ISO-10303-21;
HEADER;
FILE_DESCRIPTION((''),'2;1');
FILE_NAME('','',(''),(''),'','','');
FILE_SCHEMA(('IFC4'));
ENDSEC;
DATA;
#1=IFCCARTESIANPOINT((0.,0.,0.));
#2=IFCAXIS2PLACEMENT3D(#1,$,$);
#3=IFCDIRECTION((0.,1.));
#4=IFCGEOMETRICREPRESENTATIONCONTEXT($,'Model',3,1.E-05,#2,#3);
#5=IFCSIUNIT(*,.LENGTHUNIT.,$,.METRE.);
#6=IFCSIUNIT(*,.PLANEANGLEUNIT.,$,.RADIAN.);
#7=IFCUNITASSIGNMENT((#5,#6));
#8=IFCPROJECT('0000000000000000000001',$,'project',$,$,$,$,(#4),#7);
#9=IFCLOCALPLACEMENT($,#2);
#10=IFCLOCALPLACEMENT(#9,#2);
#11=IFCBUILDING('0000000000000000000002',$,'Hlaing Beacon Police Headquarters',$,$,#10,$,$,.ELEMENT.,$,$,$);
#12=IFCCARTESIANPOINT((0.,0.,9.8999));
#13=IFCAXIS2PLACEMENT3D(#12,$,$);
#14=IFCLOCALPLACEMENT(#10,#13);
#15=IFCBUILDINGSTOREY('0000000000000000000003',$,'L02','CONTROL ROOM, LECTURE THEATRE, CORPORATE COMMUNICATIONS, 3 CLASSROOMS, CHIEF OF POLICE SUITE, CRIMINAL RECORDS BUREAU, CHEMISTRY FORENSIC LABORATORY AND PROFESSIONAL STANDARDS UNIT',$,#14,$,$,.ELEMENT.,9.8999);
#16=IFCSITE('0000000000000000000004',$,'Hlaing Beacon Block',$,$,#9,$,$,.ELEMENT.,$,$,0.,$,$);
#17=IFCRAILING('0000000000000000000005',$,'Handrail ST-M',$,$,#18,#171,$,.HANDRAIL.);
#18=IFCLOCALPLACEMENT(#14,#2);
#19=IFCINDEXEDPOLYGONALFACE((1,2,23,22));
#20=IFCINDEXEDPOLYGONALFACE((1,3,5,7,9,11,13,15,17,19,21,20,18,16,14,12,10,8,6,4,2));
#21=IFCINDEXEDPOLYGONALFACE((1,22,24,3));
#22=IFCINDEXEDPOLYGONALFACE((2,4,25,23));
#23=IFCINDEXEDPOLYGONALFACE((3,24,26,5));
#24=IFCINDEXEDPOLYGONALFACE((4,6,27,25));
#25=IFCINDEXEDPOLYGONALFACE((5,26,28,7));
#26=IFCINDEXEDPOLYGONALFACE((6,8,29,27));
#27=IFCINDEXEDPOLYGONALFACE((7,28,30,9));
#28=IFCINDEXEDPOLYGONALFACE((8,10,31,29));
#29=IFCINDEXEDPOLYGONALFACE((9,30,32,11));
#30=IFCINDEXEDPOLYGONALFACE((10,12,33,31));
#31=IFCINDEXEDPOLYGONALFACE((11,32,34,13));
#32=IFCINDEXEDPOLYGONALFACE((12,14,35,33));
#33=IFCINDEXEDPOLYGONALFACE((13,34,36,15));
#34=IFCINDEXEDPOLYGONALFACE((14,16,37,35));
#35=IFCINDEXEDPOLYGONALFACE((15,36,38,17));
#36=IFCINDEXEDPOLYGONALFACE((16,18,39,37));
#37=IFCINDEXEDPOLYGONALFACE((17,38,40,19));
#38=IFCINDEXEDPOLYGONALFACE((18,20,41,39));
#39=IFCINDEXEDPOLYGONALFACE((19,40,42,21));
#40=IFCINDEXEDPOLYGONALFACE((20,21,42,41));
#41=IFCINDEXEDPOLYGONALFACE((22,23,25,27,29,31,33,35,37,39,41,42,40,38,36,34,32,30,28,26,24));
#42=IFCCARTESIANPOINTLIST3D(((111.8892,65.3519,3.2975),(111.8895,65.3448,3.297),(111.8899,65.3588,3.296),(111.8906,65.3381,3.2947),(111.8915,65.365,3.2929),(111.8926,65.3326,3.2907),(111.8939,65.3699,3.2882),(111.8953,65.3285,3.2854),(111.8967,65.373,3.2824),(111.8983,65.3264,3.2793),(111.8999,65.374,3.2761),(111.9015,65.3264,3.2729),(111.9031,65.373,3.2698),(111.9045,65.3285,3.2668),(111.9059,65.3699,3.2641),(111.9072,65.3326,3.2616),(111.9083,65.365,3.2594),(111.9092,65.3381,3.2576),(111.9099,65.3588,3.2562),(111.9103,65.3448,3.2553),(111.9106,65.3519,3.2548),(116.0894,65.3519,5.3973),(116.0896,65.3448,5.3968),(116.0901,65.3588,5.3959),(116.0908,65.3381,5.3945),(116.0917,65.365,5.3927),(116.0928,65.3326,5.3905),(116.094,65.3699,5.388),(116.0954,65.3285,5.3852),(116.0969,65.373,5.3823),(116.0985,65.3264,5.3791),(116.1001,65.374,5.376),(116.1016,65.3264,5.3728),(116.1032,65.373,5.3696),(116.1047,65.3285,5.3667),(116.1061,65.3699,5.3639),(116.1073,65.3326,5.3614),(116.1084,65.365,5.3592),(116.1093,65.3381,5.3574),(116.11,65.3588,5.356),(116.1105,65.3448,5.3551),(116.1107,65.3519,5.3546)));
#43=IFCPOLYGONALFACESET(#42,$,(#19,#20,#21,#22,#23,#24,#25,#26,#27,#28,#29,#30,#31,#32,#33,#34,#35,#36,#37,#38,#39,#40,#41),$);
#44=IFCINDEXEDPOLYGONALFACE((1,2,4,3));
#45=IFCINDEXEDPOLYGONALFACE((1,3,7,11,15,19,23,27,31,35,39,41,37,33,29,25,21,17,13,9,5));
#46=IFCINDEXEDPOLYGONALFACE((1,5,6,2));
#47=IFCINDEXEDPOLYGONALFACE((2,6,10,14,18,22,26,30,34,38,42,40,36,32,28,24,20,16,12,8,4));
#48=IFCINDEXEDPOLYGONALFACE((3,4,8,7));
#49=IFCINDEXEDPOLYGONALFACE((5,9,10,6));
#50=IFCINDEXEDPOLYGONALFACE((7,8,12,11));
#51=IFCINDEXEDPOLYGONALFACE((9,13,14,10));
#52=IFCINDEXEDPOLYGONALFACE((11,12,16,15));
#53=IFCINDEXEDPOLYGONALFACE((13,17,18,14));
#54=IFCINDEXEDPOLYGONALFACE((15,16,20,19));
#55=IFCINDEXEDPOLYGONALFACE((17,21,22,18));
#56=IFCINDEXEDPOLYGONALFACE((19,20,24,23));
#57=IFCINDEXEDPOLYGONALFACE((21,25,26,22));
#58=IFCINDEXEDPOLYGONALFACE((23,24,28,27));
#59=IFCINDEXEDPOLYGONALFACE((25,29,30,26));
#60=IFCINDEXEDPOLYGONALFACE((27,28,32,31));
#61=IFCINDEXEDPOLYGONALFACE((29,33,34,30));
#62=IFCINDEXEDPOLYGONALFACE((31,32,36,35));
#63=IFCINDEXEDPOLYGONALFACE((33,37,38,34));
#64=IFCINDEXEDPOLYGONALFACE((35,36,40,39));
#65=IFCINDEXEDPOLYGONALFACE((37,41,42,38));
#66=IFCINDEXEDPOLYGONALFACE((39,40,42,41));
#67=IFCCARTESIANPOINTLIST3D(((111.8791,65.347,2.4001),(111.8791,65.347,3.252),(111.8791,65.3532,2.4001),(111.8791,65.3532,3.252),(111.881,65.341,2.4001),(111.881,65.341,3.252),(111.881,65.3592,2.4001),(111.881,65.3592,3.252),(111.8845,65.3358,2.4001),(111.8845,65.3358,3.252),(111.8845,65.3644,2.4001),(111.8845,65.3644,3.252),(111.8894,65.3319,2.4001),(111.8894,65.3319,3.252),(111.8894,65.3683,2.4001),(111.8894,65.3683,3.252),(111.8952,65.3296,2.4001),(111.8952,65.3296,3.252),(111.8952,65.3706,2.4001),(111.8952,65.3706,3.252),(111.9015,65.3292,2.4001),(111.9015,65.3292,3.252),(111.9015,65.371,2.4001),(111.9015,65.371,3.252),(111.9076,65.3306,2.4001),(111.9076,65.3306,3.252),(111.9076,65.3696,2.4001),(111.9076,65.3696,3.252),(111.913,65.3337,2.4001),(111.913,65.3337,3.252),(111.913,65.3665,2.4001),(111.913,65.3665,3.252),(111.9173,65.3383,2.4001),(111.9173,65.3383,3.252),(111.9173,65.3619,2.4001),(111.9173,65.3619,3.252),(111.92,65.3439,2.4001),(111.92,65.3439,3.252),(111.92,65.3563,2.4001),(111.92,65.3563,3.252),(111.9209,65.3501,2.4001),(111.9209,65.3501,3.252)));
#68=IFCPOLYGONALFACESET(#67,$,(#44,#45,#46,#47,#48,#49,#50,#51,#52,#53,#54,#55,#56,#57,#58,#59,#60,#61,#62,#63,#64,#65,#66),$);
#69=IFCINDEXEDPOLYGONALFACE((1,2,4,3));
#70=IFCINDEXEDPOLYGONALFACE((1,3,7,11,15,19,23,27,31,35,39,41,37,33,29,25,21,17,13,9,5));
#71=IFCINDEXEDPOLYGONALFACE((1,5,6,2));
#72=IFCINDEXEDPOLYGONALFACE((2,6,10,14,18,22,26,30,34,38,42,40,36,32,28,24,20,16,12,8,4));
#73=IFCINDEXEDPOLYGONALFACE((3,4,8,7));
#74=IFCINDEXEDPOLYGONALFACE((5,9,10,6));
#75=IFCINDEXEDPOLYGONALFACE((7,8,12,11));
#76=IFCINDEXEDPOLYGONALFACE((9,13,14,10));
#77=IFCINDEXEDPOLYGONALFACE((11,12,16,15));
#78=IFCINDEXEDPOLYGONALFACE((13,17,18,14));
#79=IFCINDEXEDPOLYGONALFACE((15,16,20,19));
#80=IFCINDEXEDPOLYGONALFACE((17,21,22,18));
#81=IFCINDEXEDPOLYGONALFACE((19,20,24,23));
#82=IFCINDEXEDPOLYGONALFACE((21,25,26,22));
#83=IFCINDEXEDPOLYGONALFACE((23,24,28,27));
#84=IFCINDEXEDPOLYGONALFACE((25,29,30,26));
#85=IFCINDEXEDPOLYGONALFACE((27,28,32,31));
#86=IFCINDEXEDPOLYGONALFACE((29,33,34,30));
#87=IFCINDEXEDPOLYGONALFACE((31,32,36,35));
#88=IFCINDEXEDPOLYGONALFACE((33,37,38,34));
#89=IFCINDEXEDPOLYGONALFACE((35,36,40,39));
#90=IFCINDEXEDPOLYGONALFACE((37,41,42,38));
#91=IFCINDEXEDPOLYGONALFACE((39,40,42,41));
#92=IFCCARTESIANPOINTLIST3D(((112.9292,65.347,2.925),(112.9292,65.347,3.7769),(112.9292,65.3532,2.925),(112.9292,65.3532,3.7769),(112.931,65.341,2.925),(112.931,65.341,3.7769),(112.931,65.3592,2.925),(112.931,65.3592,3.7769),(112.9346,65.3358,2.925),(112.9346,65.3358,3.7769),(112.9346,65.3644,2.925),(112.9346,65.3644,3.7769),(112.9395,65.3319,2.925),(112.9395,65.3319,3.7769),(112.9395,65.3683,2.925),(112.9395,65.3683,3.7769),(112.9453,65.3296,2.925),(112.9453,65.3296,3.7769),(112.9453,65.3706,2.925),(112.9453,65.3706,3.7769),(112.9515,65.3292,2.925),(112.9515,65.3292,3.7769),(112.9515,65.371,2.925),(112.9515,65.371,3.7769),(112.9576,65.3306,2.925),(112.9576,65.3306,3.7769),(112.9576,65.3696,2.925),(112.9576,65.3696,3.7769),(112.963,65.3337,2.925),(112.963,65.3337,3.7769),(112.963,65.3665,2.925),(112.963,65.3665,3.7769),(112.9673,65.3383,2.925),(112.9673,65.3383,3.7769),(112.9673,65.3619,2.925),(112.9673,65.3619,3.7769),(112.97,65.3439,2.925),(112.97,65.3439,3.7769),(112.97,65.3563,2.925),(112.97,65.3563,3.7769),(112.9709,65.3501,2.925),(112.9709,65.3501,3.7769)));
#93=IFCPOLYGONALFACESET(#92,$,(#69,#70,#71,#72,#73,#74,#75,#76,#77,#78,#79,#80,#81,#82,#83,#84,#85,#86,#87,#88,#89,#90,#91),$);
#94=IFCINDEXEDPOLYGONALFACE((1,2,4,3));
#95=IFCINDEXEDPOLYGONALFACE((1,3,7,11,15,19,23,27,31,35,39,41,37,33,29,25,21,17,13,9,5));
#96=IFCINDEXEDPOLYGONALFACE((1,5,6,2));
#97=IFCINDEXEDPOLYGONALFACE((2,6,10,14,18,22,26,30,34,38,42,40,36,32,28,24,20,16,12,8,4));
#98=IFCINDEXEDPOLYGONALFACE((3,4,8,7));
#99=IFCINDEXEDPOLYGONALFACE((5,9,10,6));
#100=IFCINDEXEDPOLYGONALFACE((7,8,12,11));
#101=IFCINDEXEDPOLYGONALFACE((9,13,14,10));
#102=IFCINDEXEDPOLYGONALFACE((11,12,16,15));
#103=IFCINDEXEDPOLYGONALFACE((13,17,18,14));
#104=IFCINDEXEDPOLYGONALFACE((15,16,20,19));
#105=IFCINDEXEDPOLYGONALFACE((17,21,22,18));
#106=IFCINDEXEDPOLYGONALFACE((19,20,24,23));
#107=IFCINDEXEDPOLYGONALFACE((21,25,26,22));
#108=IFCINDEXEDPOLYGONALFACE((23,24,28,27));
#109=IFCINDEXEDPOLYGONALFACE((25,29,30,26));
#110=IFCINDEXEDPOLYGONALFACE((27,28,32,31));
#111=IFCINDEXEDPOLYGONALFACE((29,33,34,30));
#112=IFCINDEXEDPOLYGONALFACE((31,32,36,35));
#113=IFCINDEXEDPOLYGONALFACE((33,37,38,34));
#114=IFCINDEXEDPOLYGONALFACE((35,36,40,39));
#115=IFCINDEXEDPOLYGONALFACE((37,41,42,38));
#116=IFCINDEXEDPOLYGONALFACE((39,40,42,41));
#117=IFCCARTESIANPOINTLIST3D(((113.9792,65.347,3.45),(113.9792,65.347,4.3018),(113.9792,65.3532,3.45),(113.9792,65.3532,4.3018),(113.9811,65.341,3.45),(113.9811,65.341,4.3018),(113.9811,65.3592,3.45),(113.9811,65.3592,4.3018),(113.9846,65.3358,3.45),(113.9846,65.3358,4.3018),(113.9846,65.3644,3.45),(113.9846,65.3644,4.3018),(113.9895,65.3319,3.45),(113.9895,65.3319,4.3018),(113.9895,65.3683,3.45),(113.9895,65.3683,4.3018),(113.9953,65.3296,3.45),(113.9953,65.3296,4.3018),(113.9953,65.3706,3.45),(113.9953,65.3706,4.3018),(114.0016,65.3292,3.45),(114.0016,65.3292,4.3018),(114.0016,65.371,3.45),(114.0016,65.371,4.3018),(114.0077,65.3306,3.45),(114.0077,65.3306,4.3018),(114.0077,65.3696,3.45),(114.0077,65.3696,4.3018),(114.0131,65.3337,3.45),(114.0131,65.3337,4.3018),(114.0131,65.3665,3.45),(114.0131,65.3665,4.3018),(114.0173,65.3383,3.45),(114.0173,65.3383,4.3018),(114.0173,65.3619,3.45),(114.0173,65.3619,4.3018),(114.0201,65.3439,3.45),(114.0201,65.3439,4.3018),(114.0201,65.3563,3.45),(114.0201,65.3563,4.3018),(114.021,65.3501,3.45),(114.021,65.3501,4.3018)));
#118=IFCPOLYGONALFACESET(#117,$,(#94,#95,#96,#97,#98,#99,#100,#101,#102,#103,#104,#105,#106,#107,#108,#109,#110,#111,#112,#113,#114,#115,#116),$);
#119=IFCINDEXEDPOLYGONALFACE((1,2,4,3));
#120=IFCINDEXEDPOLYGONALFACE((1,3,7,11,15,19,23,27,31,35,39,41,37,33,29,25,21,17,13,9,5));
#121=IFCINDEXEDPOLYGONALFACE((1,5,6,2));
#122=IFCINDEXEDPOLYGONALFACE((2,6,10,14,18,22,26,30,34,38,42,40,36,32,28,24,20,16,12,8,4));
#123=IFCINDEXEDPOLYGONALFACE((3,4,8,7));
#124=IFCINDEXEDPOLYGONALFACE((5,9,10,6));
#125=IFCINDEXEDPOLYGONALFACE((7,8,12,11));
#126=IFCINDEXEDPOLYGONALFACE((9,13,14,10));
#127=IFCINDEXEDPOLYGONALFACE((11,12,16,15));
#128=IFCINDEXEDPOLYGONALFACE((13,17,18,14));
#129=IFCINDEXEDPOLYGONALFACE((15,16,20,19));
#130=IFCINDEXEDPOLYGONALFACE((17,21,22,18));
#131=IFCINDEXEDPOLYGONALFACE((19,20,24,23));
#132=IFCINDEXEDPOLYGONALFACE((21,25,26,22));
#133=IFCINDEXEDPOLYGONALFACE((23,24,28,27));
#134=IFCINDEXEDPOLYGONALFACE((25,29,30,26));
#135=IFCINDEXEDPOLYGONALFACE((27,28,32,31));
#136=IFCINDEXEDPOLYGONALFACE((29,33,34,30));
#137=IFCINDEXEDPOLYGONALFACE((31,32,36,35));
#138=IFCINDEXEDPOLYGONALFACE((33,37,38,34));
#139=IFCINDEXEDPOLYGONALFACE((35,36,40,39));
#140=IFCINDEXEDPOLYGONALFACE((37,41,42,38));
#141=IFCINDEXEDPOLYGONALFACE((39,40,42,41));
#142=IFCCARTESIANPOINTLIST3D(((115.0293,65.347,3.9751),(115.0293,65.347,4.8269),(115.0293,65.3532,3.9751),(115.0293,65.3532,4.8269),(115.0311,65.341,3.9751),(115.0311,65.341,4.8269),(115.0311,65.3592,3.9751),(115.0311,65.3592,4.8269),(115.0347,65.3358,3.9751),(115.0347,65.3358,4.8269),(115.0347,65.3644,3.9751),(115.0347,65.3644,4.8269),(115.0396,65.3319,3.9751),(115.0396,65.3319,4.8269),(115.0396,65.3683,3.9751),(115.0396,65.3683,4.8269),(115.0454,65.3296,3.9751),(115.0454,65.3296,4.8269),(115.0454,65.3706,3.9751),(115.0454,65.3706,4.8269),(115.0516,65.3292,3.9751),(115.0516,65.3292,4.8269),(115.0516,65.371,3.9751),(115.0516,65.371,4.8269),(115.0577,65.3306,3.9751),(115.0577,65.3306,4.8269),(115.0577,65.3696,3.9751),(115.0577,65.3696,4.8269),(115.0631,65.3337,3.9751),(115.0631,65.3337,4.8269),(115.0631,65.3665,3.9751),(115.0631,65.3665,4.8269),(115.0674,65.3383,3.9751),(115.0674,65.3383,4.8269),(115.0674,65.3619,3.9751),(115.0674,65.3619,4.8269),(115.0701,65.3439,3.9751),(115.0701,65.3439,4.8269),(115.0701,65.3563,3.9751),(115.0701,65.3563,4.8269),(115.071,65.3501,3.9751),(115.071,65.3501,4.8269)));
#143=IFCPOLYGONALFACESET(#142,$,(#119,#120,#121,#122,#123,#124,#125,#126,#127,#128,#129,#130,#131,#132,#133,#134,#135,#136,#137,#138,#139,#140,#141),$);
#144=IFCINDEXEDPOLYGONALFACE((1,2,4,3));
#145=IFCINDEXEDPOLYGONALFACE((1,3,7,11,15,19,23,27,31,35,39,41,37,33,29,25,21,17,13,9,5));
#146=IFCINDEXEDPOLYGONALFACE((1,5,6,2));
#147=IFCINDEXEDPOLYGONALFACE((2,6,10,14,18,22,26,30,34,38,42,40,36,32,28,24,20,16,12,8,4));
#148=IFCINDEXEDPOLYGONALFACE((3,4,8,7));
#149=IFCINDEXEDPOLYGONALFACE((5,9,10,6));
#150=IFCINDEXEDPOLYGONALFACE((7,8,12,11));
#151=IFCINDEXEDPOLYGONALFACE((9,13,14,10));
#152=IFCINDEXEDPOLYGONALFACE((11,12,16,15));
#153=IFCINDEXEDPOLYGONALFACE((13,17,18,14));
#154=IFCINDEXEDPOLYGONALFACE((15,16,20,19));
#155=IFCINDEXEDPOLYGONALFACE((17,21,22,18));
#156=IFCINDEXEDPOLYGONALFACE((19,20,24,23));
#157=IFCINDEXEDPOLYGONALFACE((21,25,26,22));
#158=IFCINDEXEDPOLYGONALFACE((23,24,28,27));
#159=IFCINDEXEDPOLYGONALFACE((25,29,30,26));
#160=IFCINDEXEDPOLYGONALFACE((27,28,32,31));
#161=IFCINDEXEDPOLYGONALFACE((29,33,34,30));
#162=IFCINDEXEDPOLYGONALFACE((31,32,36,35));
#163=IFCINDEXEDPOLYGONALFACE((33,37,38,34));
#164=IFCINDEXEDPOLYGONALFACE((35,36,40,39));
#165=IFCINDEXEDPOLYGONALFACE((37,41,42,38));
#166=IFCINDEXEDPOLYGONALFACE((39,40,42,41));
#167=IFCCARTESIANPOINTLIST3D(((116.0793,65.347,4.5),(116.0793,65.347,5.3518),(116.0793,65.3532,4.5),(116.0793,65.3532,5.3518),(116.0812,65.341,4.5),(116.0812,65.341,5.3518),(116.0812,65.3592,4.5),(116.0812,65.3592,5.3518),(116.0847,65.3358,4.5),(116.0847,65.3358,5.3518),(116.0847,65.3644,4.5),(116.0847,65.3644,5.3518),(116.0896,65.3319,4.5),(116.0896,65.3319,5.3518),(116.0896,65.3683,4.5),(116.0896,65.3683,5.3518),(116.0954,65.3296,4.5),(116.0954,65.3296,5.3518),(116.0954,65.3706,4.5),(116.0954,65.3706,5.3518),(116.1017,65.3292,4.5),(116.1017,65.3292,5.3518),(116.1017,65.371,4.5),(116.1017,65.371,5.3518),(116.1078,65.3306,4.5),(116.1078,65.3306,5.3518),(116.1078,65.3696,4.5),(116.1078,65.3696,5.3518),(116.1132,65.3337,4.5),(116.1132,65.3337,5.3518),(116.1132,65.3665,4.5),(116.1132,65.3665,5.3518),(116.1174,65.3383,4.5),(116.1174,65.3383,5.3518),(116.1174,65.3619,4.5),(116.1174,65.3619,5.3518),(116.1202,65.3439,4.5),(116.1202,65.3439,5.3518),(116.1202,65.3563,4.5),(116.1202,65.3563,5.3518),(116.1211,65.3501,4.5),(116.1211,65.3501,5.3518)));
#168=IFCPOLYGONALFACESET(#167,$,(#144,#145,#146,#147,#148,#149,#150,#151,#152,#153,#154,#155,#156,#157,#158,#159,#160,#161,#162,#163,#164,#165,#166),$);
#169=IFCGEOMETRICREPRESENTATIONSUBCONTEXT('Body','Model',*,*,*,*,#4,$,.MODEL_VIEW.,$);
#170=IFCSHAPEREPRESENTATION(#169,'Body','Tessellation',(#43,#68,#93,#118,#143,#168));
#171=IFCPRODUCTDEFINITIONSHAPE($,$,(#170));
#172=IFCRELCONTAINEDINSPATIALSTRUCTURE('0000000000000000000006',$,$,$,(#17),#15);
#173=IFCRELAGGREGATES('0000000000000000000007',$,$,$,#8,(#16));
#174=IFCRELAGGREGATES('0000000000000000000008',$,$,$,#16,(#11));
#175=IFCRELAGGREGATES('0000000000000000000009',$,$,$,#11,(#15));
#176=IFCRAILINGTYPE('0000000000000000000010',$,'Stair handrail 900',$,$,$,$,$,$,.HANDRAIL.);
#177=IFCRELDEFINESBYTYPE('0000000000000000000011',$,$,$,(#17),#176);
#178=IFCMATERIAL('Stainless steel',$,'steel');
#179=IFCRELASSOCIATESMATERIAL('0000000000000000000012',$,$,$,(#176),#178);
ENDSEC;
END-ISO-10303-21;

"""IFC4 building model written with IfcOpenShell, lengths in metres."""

from ifc_helpers import new_model, si_unit, direction, frame, origin, origin_2d, place, context, subcontext, project, spatial, circle, extrude, material, type_object, element, save


model = new_model("IFC4")

# Units and contexts
model_context = context("Model", 3, precision=1e-05, world=origin(), true_north=direction((0.0, 1.0)))
body_context = subcontext(model_context, "Body", "Model", "MODEL_VIEW")
ifc_project = project(units=[si_unit("LENGTHUNIT", "METRE"), si_unit("PLANEANGLEUNIT", "RADIAN")], contexts=[model_context])

# Site, building, storey
site_placement = place(None, origin())
site = spatial("IfcSite", under=ifc_project, at=site_placement, Name="Hlaing Beacon Block", CompositionType="ELEMENT", RefElevation=0.0)
building_placement = place(site_placement, origin())
building = spatial("IfcBuilding", under=site, at=building_placement, Name="Hlaing Beacon Police Headquarters", CompositionType="ELEMENT")
storey_placement = place(building_placement, frame((0.0, 0.0, 9.8999)))
storey = spatial("IfcBuildingStorey", under=building, at=storey_placement, Name="L02", Description="CONTROL ROOM, LECTURE THEATRE, CORPORATE COMMUNICATIONS, 3 CLASSROOMS, CHIEF OF POLICE SUITE, CRIMINAL RECORDS BUREAU, CHEMISTRY FORENSIC LABORATORY AND PROFESSIONAL STANDARDS UNIT", CompositionType="ELEMENT", Elevation=9.8999)

# Railing
ifc_material_1 = material(Name="Stainless steel", Category="steel")
railing_type_1 = type_object("IfcRailingType", Name="Stair handrail 900", PredefinedType="HANDRAIL", material=ifc_material_1)
for number, where, name in (
    (1, (111.8999, 65.3501, 2.4001), "Handrail ST-M"),
):
    element("IfcRailing", number, at=place(storey_placement, frame(where)), inside=storey, type_object=railing_type_1, Name=name, PredefinedType="HANDRAIL", context=body_context, shape_type="SweptSolid", body=[
        extrude(circle(Radius=0.0239, at=origin_2d()), frame((0.0, 0.0, 0.876), z_axis=(0.894448, 0.0, 0.447172), x_axis=(0.0, 1.0, 0.0)), (0.0, 0.0, 1.0), 4.6958),
        extrude(circle(Radius=0.021, at=origin_2d()), origin(), (0.0, 0.0, 1.0), 0.8518),
        extrude(circle(Radius=0.021, at=origin_2d()), frame((1.05, 0.0, 0.5249)), (0.0, 0.0, 1.0), 0.8518),
        extrude(circle(Radius=0.021, at=origin_2d()), frame((2.1001, 0.0, 1.0498)), (0.0, 0.0, 1.0), 0.8518),
        extrude(circle(Radius=0.021, at=origin_2d()), frame((3.1501, 0.0, 1.575)), (0.0, 0.0, 1.0), 0.8518),
        extrude(circle(Radius=0.021, at=origin_2d()), frame((4.2002, 0.0, 2.0999)), (0.0, 0.0, 1.0), 0.8518),
    ])

save(model, "model.ifc")
